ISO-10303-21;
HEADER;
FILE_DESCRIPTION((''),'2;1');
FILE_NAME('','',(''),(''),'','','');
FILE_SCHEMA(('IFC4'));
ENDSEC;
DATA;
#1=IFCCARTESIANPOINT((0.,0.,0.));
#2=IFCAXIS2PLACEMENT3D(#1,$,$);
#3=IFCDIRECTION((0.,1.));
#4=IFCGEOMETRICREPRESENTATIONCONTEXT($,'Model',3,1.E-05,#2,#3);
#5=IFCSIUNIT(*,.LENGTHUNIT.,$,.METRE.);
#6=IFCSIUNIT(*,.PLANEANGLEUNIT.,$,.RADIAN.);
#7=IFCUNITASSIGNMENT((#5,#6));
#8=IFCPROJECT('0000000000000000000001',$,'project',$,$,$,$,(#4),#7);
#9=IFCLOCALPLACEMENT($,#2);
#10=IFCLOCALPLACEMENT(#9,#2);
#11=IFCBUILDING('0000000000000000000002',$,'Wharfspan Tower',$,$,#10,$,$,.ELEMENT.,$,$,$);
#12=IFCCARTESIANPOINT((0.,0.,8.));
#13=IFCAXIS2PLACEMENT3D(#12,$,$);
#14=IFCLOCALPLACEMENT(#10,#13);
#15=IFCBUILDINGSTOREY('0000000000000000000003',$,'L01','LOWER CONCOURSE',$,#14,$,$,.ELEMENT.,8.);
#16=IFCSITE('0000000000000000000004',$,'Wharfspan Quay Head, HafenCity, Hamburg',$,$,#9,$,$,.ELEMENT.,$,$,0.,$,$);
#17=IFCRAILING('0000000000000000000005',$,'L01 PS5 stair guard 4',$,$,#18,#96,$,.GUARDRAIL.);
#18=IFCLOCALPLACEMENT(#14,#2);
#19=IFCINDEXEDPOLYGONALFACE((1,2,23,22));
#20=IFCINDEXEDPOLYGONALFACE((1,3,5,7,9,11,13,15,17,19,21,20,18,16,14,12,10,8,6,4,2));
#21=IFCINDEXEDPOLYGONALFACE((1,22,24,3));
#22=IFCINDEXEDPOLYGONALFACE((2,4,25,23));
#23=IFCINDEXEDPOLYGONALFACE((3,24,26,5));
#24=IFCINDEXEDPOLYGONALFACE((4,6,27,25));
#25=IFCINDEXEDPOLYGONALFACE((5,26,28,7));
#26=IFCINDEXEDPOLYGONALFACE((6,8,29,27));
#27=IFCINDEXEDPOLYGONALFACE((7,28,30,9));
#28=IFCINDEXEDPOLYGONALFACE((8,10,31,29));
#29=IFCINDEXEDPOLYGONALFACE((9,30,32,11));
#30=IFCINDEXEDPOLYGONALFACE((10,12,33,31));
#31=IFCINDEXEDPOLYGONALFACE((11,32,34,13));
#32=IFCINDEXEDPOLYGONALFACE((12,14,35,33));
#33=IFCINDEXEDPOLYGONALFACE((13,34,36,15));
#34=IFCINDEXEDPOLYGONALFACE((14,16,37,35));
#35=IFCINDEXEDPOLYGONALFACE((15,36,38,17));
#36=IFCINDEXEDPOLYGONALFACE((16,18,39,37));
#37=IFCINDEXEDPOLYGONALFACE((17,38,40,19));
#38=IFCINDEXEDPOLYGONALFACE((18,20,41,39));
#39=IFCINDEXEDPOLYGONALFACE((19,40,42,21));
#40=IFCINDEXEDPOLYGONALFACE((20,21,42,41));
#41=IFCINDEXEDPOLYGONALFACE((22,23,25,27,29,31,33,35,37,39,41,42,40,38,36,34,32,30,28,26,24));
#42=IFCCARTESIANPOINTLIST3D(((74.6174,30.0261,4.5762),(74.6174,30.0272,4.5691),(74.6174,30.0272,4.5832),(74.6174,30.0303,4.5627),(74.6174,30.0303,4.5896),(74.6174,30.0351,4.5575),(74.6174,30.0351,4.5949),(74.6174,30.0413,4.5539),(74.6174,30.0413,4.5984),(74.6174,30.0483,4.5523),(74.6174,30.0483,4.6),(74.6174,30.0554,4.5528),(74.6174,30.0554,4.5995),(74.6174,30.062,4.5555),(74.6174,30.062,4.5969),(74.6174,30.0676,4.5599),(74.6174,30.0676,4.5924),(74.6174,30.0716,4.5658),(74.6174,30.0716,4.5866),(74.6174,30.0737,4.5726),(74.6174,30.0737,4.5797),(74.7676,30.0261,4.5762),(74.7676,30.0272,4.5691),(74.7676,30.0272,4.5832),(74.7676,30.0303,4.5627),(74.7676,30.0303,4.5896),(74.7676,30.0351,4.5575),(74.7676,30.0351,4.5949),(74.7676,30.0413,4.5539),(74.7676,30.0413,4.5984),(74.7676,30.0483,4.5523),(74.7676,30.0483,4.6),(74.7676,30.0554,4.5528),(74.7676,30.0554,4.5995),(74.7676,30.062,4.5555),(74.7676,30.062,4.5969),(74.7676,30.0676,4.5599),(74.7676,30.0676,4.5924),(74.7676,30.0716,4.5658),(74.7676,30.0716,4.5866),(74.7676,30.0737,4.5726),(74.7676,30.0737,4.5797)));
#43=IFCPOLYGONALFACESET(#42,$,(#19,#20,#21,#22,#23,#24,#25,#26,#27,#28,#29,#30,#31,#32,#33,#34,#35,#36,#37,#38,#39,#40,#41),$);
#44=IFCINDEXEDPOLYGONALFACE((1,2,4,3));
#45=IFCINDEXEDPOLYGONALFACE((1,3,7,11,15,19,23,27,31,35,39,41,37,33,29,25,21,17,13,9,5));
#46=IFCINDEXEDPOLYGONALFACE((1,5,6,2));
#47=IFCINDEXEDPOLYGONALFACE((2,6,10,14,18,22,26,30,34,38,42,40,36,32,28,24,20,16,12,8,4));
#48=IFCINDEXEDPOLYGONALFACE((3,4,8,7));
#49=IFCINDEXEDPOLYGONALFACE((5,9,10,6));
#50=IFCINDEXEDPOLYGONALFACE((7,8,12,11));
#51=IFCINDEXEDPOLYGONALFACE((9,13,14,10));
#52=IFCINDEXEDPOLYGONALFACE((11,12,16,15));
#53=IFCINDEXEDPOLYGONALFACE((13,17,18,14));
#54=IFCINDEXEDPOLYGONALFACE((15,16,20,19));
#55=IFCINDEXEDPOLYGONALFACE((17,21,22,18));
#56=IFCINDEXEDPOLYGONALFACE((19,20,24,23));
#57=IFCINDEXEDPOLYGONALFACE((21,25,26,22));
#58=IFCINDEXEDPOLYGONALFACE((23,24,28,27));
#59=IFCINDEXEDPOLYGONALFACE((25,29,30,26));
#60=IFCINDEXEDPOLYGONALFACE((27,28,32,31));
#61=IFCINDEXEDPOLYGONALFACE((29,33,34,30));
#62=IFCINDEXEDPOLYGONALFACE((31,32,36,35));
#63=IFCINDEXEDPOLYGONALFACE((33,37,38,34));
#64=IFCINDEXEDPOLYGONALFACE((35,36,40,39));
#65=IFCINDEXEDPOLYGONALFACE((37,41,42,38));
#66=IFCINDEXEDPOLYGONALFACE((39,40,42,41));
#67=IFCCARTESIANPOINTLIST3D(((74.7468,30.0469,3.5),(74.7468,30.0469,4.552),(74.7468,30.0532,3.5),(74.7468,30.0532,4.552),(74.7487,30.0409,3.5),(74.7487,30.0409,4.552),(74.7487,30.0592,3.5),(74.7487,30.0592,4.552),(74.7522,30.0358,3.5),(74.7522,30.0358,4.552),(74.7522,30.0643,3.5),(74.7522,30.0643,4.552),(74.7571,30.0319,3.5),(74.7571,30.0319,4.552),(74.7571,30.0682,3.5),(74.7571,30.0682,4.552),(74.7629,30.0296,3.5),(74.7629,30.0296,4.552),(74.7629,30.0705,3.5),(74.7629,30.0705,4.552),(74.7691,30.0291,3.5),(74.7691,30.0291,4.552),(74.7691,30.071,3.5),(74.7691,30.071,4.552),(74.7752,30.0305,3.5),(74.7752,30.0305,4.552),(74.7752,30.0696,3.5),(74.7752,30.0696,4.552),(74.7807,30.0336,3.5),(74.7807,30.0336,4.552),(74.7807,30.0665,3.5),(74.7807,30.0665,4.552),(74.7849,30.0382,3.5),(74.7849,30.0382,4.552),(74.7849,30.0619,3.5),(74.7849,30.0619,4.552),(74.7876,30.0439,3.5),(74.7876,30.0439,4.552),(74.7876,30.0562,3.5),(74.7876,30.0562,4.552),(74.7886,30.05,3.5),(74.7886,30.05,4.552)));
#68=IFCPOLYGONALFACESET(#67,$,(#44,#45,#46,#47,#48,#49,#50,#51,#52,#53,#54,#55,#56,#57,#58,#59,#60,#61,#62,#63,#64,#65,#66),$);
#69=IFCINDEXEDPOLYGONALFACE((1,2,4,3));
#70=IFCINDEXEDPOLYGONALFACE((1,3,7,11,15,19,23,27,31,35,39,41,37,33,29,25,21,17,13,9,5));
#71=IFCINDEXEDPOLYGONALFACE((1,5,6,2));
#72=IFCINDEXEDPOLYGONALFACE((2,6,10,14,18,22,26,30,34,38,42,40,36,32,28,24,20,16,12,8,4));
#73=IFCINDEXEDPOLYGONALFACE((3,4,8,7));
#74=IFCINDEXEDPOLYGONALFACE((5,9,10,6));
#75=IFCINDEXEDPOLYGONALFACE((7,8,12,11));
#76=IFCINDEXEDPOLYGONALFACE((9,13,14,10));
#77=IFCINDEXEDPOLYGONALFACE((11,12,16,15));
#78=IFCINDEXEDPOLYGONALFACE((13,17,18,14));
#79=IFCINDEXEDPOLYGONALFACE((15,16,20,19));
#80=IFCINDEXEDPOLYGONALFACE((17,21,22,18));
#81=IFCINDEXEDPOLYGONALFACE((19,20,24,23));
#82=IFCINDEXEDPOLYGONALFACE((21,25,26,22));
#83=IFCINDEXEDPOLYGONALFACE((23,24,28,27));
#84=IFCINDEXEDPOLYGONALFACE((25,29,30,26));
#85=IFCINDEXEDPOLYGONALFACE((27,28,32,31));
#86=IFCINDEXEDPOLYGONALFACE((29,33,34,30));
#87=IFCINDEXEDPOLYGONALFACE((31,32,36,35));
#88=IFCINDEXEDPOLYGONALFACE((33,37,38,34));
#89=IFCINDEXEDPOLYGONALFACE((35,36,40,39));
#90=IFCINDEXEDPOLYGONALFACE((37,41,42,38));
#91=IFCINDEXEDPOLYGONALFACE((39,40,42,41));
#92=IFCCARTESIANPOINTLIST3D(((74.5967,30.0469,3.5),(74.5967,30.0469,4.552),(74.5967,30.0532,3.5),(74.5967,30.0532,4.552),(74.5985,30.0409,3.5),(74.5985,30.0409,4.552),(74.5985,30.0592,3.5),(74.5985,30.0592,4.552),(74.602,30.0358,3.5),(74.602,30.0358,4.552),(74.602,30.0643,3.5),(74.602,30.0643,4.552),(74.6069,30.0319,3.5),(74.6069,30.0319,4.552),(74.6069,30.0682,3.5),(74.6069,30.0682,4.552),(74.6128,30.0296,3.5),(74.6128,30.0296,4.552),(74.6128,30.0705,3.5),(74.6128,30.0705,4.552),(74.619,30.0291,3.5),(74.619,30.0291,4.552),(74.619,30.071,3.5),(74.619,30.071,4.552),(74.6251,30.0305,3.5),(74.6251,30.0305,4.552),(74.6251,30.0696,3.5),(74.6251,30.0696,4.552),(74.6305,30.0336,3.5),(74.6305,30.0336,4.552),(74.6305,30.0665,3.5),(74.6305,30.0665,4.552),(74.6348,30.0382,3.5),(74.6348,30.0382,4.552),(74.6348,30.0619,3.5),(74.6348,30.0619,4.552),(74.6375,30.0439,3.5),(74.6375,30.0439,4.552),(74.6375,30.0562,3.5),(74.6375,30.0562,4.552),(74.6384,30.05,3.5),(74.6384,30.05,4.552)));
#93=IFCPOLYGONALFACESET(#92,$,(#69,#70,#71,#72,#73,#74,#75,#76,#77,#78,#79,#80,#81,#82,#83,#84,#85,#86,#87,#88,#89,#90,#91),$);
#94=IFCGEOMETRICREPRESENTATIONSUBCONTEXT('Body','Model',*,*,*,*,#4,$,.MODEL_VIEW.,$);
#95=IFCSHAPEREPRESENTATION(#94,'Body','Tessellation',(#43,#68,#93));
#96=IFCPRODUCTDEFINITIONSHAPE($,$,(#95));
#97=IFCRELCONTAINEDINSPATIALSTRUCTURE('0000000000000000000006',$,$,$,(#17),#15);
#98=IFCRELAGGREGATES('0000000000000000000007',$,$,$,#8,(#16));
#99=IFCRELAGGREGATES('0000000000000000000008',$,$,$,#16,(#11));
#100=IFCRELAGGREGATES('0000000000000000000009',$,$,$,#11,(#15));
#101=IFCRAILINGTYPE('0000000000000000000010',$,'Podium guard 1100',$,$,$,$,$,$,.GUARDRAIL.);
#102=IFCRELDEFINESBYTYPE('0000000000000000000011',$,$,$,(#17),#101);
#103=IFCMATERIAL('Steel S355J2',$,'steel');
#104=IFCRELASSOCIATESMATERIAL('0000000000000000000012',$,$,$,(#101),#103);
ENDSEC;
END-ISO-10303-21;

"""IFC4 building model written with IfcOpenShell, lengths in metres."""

from ifc_helpers import new_model, si_unit, direction, frame, origin, origin_2d, place, context, subcontext, project, spatial, circle, extrude, material, type_object, element, save


model = new_model("IFC4")

# Units and contexts
model_context = context("Model", 3, precision=1e-05, world=origin(), true_north=direction((0.0, 1.0)))
body_context = subcontext(model_context, "Body", "Model", "MODEL_VIEW")
ifc_project = project(units=[si_unit("LENGTHUNIT", "METRE"), si_unit("PLANEANGLEUNIT", "RADIAN")], contexts=[model_context])

# Site, building, storey
site_placement = place(None, origin())
site = spatial("IfcSite", under=ifc_project, at=site_placement, Name="Wharfspan Quay Head, HafenCity, Hamburg", CompositionType="ELEMENT", RefElevation=0.0)
building_placement = place(site_placement, origin())
building = spatial("IfcBuilding", under=site, at=building_placement, Name="Wharfspan Tower", CompositionType="ELEMENT")
storey_placement = place(building_placement, frame((0.0, 0.0, 8.0)))
storey = spatial("IfcBuildingStorey", under=building, at=storey_placement, Name="L01", Description="LOWER CONCOURSE", CompositionType="ELEMENT", Elevation=8.0)

# Railing
ifc_material_1 = material(Name="Steel S355J2", Category="steel")
railing_type_1 = type_object("IfcRailingType", Name="Podium guard 1100", PredefinedType="GUARDRAIL", material=ifc_material_1)
railing_1_placement = place(storey_placement, frame((74.7676, 30.05, 3.5)))
element("IfcRailing", 1, at=railing_1_placement, inside=storey, type_object=railing_type_1, Name="L01 PS5 stair guard 4", PredefinedType="GUARDRAIL", context=body_context, shape_type="SweptSolid", body=[
    extrude(circle(Radius=0.0239, at=origin_2d()), frame((0.0, 0.0, 1.0762), z_axis=(-1.0, 0.0, 0.0), x_axis=(0.0, -1.0, 0.0)), (0.0, 0.0, 1.0), 0.1501),
    extrude(circle(Radius=0.021, at=origin_2d()), origin(), (0.0, 0.0, 1.0), 1.052),
    extrude(circle(Radius=0.021, at=origin_2d()), frame((-0.1501, 0.0, 0.0)), (0.0, 0.0, 1.0), 1.052),
])

save(model, "model.ifc")
